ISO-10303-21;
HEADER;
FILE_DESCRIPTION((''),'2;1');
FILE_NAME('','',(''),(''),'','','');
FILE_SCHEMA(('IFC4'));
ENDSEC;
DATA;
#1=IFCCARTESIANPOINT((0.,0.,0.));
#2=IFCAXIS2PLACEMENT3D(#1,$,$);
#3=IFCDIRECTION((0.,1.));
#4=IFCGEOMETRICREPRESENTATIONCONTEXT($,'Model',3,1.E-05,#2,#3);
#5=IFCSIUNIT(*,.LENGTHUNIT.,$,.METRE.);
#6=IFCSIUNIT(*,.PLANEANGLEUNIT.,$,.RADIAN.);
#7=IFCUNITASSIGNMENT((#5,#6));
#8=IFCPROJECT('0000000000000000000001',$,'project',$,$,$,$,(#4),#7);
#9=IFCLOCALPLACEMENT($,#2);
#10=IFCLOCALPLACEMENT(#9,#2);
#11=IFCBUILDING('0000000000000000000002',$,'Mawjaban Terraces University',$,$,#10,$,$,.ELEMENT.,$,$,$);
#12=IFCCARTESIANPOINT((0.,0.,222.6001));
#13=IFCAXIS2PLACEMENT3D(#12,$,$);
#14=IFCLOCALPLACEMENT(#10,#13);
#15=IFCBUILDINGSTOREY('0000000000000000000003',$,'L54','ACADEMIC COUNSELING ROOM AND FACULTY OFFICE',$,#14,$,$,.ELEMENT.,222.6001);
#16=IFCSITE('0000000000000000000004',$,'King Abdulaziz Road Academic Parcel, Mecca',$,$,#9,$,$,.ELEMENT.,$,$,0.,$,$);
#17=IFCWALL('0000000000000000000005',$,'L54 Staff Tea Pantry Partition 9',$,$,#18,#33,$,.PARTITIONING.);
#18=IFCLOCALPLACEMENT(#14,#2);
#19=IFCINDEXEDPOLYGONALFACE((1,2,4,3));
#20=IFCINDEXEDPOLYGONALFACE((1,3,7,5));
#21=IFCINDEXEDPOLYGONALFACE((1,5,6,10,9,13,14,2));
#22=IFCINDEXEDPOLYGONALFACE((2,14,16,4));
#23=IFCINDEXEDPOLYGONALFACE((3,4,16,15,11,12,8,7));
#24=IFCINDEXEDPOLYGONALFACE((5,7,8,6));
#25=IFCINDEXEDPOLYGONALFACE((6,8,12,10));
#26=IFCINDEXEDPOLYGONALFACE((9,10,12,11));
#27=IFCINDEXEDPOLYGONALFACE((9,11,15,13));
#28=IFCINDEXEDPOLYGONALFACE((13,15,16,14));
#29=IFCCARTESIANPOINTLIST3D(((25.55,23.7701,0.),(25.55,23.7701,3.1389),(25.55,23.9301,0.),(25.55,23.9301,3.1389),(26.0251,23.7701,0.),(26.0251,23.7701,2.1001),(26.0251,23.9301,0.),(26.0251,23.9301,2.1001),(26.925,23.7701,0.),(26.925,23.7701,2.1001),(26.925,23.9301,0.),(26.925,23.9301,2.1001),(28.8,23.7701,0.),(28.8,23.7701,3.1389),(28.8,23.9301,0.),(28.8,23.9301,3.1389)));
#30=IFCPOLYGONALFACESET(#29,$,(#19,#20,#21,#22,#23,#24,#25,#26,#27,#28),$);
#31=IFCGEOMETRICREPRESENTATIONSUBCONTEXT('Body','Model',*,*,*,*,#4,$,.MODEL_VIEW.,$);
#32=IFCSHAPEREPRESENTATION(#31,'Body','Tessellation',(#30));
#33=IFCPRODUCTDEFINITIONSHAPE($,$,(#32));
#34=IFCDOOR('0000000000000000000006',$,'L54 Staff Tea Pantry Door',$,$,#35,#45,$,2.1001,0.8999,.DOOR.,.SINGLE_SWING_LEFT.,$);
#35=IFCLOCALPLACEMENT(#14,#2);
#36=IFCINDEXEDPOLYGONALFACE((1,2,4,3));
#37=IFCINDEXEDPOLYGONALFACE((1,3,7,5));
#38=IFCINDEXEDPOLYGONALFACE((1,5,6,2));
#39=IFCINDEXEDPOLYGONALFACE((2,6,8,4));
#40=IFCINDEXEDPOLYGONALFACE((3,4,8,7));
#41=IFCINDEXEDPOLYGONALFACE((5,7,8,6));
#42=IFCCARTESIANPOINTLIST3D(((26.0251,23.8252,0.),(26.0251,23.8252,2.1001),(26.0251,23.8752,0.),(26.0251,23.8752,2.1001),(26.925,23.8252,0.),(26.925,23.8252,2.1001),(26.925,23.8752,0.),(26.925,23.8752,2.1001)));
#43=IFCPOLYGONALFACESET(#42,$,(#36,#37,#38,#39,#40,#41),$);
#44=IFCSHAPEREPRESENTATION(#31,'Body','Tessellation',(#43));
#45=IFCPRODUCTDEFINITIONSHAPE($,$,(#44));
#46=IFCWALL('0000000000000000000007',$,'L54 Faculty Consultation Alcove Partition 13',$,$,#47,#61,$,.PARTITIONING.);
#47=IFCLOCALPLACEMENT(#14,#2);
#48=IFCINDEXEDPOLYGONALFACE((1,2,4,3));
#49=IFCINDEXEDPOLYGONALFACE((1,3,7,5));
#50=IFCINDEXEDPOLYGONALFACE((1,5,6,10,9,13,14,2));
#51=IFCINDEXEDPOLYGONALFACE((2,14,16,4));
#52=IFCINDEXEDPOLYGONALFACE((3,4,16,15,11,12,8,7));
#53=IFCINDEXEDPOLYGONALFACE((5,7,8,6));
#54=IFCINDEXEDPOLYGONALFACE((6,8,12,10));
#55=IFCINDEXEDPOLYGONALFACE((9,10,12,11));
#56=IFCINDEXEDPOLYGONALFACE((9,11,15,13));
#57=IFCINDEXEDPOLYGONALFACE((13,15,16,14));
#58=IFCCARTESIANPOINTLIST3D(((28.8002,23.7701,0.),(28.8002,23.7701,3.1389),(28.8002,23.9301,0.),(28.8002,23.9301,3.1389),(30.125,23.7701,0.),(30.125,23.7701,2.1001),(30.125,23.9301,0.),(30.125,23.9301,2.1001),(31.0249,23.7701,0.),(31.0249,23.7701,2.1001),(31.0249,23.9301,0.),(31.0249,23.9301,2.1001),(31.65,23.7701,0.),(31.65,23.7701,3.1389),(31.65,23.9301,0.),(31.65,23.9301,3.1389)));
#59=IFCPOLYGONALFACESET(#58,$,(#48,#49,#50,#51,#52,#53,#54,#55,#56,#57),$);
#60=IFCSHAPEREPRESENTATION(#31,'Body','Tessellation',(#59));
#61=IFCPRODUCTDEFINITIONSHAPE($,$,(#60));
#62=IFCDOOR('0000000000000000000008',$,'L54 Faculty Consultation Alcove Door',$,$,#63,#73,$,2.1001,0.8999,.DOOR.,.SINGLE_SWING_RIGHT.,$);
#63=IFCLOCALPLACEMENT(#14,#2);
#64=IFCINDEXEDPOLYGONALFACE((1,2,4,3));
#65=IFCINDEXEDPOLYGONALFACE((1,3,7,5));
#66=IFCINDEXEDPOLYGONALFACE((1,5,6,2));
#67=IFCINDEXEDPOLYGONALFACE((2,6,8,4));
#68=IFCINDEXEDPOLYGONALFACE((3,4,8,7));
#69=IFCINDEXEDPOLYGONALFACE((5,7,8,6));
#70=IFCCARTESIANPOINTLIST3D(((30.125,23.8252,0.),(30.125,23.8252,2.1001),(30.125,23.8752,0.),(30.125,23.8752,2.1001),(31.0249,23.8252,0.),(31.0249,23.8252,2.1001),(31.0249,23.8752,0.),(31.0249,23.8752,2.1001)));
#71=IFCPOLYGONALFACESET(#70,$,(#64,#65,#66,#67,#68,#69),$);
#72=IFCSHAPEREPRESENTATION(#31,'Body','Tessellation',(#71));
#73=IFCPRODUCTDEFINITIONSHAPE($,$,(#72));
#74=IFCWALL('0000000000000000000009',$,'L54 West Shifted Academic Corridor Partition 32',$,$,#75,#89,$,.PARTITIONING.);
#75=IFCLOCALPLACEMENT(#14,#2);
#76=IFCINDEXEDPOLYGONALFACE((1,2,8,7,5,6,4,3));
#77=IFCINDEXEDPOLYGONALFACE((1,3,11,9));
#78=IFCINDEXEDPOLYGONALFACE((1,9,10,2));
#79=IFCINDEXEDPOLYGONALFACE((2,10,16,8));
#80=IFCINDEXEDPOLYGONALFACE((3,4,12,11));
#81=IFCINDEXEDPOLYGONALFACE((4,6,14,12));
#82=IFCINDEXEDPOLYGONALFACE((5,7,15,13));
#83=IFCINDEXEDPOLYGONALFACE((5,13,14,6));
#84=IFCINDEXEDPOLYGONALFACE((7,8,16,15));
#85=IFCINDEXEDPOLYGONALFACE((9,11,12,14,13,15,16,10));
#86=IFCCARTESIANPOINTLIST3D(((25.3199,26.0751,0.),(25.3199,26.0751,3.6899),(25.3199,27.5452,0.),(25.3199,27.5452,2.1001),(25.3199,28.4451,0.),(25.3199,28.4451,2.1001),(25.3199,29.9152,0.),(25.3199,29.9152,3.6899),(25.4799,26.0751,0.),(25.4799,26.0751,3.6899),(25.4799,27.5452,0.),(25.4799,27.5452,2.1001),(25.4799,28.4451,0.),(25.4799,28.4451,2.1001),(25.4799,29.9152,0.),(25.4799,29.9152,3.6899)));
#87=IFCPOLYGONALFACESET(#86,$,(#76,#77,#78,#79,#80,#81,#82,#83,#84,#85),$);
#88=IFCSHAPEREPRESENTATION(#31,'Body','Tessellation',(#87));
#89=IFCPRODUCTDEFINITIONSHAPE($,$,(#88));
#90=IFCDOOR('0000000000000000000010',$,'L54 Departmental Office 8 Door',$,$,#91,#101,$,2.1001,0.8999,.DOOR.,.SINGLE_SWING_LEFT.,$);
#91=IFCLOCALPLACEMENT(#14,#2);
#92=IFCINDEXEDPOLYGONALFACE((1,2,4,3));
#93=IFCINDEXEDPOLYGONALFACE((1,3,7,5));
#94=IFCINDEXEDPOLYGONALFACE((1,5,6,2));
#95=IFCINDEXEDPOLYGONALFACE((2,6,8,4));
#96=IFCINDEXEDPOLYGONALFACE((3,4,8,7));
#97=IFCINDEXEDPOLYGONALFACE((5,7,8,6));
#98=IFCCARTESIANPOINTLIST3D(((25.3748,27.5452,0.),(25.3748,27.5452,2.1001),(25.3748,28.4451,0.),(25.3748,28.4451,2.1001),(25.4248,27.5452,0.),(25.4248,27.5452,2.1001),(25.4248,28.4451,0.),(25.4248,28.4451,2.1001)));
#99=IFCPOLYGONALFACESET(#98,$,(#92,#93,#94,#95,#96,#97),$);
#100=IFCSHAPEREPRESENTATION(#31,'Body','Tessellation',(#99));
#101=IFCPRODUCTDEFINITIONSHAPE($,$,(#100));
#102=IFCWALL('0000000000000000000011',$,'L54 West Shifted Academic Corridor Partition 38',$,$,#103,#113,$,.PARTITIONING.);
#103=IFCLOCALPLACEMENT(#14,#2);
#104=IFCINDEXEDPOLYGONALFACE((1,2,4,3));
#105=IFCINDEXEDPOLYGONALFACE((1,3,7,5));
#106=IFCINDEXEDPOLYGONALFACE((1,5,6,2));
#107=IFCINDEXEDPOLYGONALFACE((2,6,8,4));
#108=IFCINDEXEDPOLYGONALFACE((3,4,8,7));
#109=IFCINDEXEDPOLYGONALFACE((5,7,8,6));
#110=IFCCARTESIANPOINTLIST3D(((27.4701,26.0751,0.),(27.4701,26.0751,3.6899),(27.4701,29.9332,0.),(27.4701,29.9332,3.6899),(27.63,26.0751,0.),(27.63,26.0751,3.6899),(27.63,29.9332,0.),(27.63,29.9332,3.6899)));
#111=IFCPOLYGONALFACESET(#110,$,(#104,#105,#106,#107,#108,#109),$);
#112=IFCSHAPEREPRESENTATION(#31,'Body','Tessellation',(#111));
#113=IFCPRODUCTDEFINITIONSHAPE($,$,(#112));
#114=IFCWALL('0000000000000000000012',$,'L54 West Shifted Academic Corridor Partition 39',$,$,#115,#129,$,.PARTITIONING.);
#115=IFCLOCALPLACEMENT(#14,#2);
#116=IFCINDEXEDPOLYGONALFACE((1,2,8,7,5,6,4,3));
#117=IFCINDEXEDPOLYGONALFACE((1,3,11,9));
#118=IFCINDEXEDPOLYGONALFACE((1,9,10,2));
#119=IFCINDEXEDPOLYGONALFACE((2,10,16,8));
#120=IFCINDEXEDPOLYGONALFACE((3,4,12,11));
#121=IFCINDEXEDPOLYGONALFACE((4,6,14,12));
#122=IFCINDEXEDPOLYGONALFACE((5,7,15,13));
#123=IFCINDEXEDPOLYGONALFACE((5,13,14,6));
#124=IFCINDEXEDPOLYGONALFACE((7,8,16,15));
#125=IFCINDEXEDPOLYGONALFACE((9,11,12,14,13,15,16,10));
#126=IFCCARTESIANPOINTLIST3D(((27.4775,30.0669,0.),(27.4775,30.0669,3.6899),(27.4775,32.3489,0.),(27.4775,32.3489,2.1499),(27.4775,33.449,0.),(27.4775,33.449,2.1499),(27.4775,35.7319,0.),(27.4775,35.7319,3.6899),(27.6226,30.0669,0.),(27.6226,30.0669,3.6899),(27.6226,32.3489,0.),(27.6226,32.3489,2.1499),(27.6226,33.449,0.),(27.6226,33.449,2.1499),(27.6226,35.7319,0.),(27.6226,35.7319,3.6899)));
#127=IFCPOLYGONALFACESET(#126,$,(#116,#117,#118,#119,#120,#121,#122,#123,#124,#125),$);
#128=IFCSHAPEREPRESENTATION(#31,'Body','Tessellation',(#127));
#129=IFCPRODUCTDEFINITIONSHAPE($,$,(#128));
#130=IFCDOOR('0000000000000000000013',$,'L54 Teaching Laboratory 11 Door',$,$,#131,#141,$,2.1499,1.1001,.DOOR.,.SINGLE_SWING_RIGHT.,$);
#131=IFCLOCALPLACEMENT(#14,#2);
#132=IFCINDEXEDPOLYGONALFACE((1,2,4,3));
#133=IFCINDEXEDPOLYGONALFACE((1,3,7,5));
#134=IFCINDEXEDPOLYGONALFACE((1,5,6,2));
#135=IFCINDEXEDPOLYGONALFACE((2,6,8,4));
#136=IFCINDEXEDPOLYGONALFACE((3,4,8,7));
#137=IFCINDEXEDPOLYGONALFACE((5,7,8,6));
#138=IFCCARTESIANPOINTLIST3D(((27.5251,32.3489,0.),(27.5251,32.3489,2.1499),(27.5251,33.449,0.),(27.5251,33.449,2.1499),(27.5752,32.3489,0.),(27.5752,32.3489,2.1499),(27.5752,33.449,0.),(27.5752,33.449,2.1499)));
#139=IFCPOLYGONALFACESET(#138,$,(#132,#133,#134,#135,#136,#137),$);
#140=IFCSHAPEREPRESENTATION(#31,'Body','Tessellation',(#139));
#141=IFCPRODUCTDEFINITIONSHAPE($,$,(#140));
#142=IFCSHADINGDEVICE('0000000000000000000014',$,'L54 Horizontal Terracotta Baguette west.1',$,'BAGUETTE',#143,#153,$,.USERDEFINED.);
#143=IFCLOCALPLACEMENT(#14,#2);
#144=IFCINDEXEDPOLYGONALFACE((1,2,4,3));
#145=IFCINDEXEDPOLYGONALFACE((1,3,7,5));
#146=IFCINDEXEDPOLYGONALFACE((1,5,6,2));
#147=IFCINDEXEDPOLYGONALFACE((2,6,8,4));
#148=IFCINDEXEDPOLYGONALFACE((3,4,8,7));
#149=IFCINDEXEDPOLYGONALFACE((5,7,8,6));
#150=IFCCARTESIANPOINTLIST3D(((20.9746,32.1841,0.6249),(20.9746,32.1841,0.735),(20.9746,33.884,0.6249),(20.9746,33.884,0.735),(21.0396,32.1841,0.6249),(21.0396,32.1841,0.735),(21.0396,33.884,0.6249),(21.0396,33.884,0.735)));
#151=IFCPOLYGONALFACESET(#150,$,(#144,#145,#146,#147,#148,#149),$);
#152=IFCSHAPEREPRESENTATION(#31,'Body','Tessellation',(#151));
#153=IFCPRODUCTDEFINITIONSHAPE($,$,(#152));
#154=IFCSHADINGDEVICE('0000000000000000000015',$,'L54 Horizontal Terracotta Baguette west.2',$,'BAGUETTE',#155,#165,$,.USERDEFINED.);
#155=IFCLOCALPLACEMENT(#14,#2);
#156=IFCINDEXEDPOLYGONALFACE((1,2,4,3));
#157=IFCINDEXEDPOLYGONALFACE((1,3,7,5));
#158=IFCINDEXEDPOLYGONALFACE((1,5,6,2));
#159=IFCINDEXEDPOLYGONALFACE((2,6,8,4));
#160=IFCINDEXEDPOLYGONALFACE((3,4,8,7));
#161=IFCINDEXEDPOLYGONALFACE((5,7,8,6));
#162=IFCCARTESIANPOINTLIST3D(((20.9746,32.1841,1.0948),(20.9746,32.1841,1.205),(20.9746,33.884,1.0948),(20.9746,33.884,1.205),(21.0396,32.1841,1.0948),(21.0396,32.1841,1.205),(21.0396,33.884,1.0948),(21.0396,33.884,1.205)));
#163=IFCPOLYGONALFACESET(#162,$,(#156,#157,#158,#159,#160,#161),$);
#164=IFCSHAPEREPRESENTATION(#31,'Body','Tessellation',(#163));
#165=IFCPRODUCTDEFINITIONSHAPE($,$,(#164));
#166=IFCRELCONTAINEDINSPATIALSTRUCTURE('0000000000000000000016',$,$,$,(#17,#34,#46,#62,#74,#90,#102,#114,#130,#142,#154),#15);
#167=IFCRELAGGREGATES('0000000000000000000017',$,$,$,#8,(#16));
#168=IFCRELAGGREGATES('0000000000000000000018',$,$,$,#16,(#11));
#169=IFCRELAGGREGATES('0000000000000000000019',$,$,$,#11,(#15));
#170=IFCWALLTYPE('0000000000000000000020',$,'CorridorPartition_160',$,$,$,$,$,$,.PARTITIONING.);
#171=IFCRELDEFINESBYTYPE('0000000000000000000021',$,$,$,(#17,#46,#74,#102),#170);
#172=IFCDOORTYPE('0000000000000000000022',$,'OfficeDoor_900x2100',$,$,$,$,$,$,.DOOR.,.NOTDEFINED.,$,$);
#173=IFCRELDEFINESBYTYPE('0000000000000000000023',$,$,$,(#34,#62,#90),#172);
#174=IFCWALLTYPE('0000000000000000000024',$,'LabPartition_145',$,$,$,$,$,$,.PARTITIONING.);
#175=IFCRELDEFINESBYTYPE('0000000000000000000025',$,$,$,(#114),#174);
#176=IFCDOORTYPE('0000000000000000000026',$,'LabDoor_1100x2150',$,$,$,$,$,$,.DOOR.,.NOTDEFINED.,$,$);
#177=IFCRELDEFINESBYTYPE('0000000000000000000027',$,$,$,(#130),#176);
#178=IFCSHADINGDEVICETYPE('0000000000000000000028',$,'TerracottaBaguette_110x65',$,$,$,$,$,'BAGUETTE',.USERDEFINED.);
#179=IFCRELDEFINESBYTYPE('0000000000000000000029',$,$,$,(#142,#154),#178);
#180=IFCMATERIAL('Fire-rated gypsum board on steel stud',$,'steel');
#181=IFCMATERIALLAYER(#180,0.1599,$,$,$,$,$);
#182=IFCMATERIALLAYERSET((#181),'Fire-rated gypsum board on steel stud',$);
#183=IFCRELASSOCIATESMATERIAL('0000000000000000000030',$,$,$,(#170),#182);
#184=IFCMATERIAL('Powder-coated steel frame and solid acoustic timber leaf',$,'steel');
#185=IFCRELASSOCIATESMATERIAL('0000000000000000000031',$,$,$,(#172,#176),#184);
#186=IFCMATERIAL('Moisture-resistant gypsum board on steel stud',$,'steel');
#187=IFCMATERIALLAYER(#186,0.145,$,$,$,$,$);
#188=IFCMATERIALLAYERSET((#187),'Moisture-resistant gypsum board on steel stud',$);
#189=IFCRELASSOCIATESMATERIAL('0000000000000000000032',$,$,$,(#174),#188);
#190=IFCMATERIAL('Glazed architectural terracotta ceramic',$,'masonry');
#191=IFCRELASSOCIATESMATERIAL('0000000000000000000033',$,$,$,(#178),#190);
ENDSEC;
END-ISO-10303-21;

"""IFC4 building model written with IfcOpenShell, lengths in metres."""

from ifc_helpers import new_model, si_unit, direction, frame, frame_2d, origin, origin_2d, place, context, subcontext, project, spatial, rectangle, extrude, material, layer, layer_set, material_profile, profile_set, type_object, element, fill, save


model = new_model("IFC4")

# Units and contexts
model_context = context("Model", 3, precision=1e-05, world=origin(), true_north=direction((0.0, 1.0)))
body_context = subcontext(model_context, "Body", "Model", "MODEL_VIEW")
ifc_project = project(units=[si_unit("LENGTHUNIT", "METRE"), si_unit("PLANEANGLEUNIT", "RADIAN")], contexts=[model_context])

# Site, building, storey
site_placement = place(None, origin())
site = spatial("IfcSite", under=ifc_project, at=site_placement, Name="King Abdulaziz Road Academic Parcel, Mecca", CompositionType="ELEMENT", RefElevation=0.0)
building_placement = place(site_placement, origin())
building = spatial("IfcBuilding", under=site, at=building_placement, Name="Mawjaban Terraces University", CompositionType="ELEMENT")
storey_placement = place(building_placement, frame((0.0, 0.0, 222.6001)))
storey = spatial("IfcBuildingStorey", under=building, at=storey_placement, Name="L54", Description="ACADEMIC COUNSELING ROOM AND FACULTY OFFICE", CompositionType="ELEMENT", Elevation=222.6001)

# Shared definitions
ifc_material_1 = material(Name="Fire-rated gypsum board on steel stud", Category="steel")
ifc_layer_1 = layer(ifc_material_1, 0.1599)
ifc_layer_set_1 = layer_set([ifc_layer_1], Name="Fire-rated gypsum board on steel stud")
wall_type_1 = type_object("IfcWallType", Name="CorridorPartition_160", PredefinedType="PARTITIONING", material=ifc_layer_set_1)

# Walls, openings, doors
ifc_material_2 = material(Name="Powder-coated steel frame and solid acoustic timber leaf", Category="steel")
wall_1_placement = place(storey_placement, frame((28.8, 23.8501, 0.0), z_axis=(0.0, 0.0, 1.0), x_axis=(-1.0, 0.0, 0.0)))
wall_1 = element("IfcWall", 1, at=wall_1_placement, inside=storey, type_object=wall_type_1, Name="L54 Staff Tea Pantry Partition 9", PredefinedType="PARTITIONING", context=body_context, shape_type="SweptSolid", body=[
    extrude(rectangle(XDim=3.25, YDim=0.1599, at=frame_2d((1.625, 0.0))), origin(), (0.0, 0.0, 1.0), 3.1389),
])
opening_1_placement = place(wall_1_placement, frame((1.875, 0.0, 0.0)))
opening_1 = element("IfcOpeningElement", 2, at=opening_1_placement, cuts=wall_1, PredefinedType="OPENING", context=body_context, shape_type="SweptSolid", body=[
    extrude(rectangle(XDim=0.8999, YDim=2.1001, at=frame_2d((0.45, 1.05))), frame((0.0, 0.0898, 0.0), z_axis=(0.0, -1.0, 0.0), x_axis=(1.0, 0.0, 0.0)), (0.0, 0.0, 1.0), 0.1799),
])
door_type_1 = type_object("IfcDoorType", Name="OfficeDoor_900x2100", OperationType="NOTDEFINED", PredefinedType="DOOR", material=ifc_material_2)
door_1_placement = place(opening_1_placement, origin())
door_1 = element("IfcDoor", 3, at=door_1_placement, inside=storey, type_object=door_type_1, Name="L54 Staff Tea Pantry Door", OperationType="SINGLE_SWING_LEFT", OverallHeight=2.1001, OverallWidth=0.8999, PredefinedType="DOOR", context=body_context, shape_type="SweptSolid", body=[
    extrude(rectangle(XDim=0.8999, YDim=2.1001, at=frame_2d((0.45, 1.05))), frame((0.0, 0.0249, 0.0), z_axis=(0.0, -1.0, 0.0), x_axis=(1.0, 0.0, 0.0)), (0.0, 0.0, 1.0), 0.05),
])
fill(opening_1, door_1)
wall_2_placement = place(storey_placement, frame((31.6499, 23.8501, 0.0), z_axis=(0.0, 0.0, 1.0), x_axis=(-1.0, 0.0, 0.0)))
wall_2 = element("IfcWall", 4, at=wall_2_placement, inside=storey, type_object=wall_type_1, Name="L54 Faculty Consultation Alcove Partition 13", PredefinedType="PARTITIONING", context=body_context, shape_type="SweptSolid", body=[
    extrude(rectangle(XDim=2.8499, YDim=0.1599, at=frame_2d((1.4248, 0.0))), origin(), (0.0, 0.0, 1.0), 3.1389),
])
opening_2_placement = place(wall_2_placement, frame((0.625, 0.0, 0.0)))
opening_2 = element("IfcOpeningElement", 5, at=opening_2_placement, cuts=wall_2, PredefinedType="OPENING", context=body_context, shape_type="SweptSolid", body=[
    extrude(rectangle(XDim=0.8999, YDim=2.1001, at=frame_2d((0.45, 1.05))), frame((0.0, 0.0898, 0.0), z_axis=(0.0, -1.0, 0.0), x_axis=(1.0, 0.0, 0.0)), (0.0, 0.0, 1.0), 0.1799),
])
door_2_placement = place(opening_2_placement, origin())
door_2 = element("IfcDoor", 6, at=door_2_placement, inside=storey, type_object=door_type_1, Name="L54 Faculty Consultation Alcove Door", OperationType="SINGLE_SWING_RIGHT", OverallHeight=2.1001, OverallWidth=0.8999, PredefinedType="DOOR", context=body_context, shape_type="SweptSolid", body=[
    extrude(rectangle(XDim=0.8999, YDim=2.1001, at=frame_2d((0.45, 1.05))), frame((0.0, 0.0249, 0.0), z_axis=(0.0, -1.0, 0.0), x_axis=(1.0, 0.0, 0.0)), (0.0, 0.0, 1.0), 0.05),
])
fill(opening_2, door_2)
wall_3_placement = place(storey_placement, frame((25.3999, 29.915, 0.0), z_axis=(0.0, 0.0, 1.0), x_axis=(0.0, -1.0, 0.0)))
wall_3 = element("IfcWall", 7, at=wall_3_placement, inside=storey, type_object=wall_type_1, Name="L54 West Shifted Academic Corridor Partition 32", PredefinedType="PARTITIONING", context=body_context, shape_type="SweptSolid", body=[
    extrude(rectangle(XDim=3.8401, YDim=0.1599, at=frame_2d((1.9199, 0.0))), origin(), (0.0, 0.0, 1.0), 3.6899),
])
opening_3_placement = place(wall_3_placement, frame((1.47, 0.0, 0.0)))
opening_3 = element("IfcOpeningElement", 8, at=opening_3_placement, cuts=wall_3, PredefinedType="OPENING", context=body_context, shape_type="SweptSolid", body=[
    extrude(rectangle(XDim=0.8999, YDim=2.1001, at=frame_2d((0.45, 1.05))), frame((0.0, 0.0898, 0.0), z_axis=(0.0, -1.0, 0.0), x_axis=(1.0, 0.0, 0.0)), (0.0, 0.0, 1.0), 0.1799),
])
door_3_placement = place(opening_3_placement, origin())
door_3 = element("IfcDoor", 9, at=door_3_placement, inside=storey, type_object=door_type_1, Name="L54 Departmental Office 8 Door", OperationType="SINGLE_SWING_LEFT", OverallHeight=2.1001, OverallWidth=0.8999, PredefinedType="DOOR", context=body_context, shape_type="SweptSolid", body=[
    extrude(rectangle(XDim=0.8999, YDim=2.1001, at=frame_2d((0.45, 1.05))), frame((0.0, 0.0249, 0.0), z_axis=(0.0, -1.0, 0.0), x_axis=(1.0, 0.0, 0.0)), (0.0, 0.0, 1.0), 0.05),
])
fill(opening_3, door_3)

# Wall
wall_4_placement = place(storey_placement, frame((27.55, 26.075, 0.0), z_axis=(0.0, 0.0, 1.0), x_axis=(0.0, 1.0, 0.0)))
element("IfcWall", 10, at=wall_4_placement, inside=storey, type_object=wall_type_1, Name="L54 West Shifted Academic Corridor Partition 38", PredefinedType="PARTITIONING", context=body_context, shape_type="SweptSolid", body=[
    extrude(rectangle(XDim=3.8582, YDim=0.1599, at=frame_2d((1.9292, 0.0))), origin(), (0.0, 0.0, 1.0), 3.6899),
])

# Wall, opening, door
ifc_material_3 = material(Name="Moisture-resistant gypsum board on steel stud", Category="steel")
ifc_layer_2 = layer(ifc_material_3, 0.145)
ifc_layer_set_2 = layer_set([ifc_layer_2], Name="Moisture-resistant gypsum board on steel stud")
wall_type_2 = type_object("IfcWallType", Name="LabPartition_145", PredefinedType="PARTITIONING", material=ifc_layer_set_2)
wall_5_placement = place(storey_placement, frame((27.55, 30.0669, 0.0), z_axis=(0.0, 0.0, 1.0), x_axis=(0.0, 1.0, 0.0)))
wall_5 = element("IfcWall", 11, at=wall_5_placement, inside=storey, type_object=wall_type_2, Name="L54 West Shifted Academic Corridor Partition 39", PredefinedType="PARTITIONING", context=body_context, shape_type="SweptSolid", body=[
    extrude(rectangle(XDim=5.665, YDim=0.145, at=frame_2d((2.8325, 0.0))), origin(), (0.0, 0.0, 1.0), 3.6899),
])
opening_4_placement = place(wall_5_placement, frame((2.282, 0.0, 0.0)))
opening_4 = element("IfcOpeningElement", 12, at=opening_4_placement, cuts=wall_5, PredefinedType="OPENING", context=body_context, shape_type="SweptSolid", body=[
    extrude(rectangle(XDim=1.1001, YDim=2.1499, at=frame_2d((0.55, 1.075))), frame((0.0, 0.0825, 0.0), z_axis=(0.0, -1.0, 0.0), x_axis=(1.0, 0.0, 0.0)), (0.0, 0.0, 1.0), 0.165),
])
door_type_2 = type_object("IfcDoorType", Name="LabDoor_1100x2150", OperationType="NOTDEFINED", PredefinedType="DOOR", material=ifc_material_2)
door_4_placement = place(opening_4_placement, origin())
door_4 = element("IfcDoor", 13, at=door_4_placement, inside=storey, type_object=door_type_2, Name="L54 Teaching Laboratory 11 Door", OperationType="SINGLE_SWING_RIGHT", OverallHeight=2.1499, OverallWidth=1.1001, PredefinedType="DOOR", context=body_context, shape_type="SweptSolid", body=[
    extrude(rectangle(XDim=1.1001, YDim=2.1499, at=frame_2d((0.55, 1.075))), frame((0.0, 0.0249, 0.0), z_axis=(0.0, -1.0, 0.0), x_axis=(1.0, 0.0, 0.0)), (0.0, 0.0, 1.0), 0.05),
])
fill(opening_4, door_4)

# Shading devices
ifc_material_4 = material(Name="Glazed architectural terracotta ceramic", Category="masonry")
ifc_material_profile_1 = material_profile(ifc_material_4, rectangle(XDim=0.0649, YDim=0.1101, at=origin_2d()), Name="TBAG110X65")
ifc_profile_set_1 = profile_set([ifc_material_profile_1], Name="Glazed architectural terracotta ceramic")
shading_device_type = type_object("IfcShadingDeviceType", Name="TerracottaBaguette_110x65", ElementType="BAGUETTE", PredefinedType="USERDEFINED", material=ifc_profile_set_1)
for number, where, z_axis, x_axis, name in (
    (14, (21.0071, 32.1841, 0.6799), (0.0, 1.0, 0.0), (-1.0, 0.0, 0.0), "L54 Horizontal Terracotta Baguette west.1"),
    (15, (21.0071, 32.1841, 1.1499), (0.0, 1.0, 0.0), (-1.0, 0.0, 0.0), "L54 Horizontal Terracotta Baguette west.2"),
):
    element("IfcShadingDevice", number, at=place(storey_placement, frame(where, z_axis=z_axis, x_axis=x_axis)), inside=storey, type_object=shading_device_type, Name=name, ObjectType="BAGUETTE", PredefinedType="USERDEFINED", context=body_context, shape_type="SweptSolid", body=[
        extrude(rectangle(XDim=0.0649, YDim=0.1101, at=origin_2d()), origin(), (0.0, 0.0, 1.0), 1.7),
    ])

save(model, "model.ifc")
